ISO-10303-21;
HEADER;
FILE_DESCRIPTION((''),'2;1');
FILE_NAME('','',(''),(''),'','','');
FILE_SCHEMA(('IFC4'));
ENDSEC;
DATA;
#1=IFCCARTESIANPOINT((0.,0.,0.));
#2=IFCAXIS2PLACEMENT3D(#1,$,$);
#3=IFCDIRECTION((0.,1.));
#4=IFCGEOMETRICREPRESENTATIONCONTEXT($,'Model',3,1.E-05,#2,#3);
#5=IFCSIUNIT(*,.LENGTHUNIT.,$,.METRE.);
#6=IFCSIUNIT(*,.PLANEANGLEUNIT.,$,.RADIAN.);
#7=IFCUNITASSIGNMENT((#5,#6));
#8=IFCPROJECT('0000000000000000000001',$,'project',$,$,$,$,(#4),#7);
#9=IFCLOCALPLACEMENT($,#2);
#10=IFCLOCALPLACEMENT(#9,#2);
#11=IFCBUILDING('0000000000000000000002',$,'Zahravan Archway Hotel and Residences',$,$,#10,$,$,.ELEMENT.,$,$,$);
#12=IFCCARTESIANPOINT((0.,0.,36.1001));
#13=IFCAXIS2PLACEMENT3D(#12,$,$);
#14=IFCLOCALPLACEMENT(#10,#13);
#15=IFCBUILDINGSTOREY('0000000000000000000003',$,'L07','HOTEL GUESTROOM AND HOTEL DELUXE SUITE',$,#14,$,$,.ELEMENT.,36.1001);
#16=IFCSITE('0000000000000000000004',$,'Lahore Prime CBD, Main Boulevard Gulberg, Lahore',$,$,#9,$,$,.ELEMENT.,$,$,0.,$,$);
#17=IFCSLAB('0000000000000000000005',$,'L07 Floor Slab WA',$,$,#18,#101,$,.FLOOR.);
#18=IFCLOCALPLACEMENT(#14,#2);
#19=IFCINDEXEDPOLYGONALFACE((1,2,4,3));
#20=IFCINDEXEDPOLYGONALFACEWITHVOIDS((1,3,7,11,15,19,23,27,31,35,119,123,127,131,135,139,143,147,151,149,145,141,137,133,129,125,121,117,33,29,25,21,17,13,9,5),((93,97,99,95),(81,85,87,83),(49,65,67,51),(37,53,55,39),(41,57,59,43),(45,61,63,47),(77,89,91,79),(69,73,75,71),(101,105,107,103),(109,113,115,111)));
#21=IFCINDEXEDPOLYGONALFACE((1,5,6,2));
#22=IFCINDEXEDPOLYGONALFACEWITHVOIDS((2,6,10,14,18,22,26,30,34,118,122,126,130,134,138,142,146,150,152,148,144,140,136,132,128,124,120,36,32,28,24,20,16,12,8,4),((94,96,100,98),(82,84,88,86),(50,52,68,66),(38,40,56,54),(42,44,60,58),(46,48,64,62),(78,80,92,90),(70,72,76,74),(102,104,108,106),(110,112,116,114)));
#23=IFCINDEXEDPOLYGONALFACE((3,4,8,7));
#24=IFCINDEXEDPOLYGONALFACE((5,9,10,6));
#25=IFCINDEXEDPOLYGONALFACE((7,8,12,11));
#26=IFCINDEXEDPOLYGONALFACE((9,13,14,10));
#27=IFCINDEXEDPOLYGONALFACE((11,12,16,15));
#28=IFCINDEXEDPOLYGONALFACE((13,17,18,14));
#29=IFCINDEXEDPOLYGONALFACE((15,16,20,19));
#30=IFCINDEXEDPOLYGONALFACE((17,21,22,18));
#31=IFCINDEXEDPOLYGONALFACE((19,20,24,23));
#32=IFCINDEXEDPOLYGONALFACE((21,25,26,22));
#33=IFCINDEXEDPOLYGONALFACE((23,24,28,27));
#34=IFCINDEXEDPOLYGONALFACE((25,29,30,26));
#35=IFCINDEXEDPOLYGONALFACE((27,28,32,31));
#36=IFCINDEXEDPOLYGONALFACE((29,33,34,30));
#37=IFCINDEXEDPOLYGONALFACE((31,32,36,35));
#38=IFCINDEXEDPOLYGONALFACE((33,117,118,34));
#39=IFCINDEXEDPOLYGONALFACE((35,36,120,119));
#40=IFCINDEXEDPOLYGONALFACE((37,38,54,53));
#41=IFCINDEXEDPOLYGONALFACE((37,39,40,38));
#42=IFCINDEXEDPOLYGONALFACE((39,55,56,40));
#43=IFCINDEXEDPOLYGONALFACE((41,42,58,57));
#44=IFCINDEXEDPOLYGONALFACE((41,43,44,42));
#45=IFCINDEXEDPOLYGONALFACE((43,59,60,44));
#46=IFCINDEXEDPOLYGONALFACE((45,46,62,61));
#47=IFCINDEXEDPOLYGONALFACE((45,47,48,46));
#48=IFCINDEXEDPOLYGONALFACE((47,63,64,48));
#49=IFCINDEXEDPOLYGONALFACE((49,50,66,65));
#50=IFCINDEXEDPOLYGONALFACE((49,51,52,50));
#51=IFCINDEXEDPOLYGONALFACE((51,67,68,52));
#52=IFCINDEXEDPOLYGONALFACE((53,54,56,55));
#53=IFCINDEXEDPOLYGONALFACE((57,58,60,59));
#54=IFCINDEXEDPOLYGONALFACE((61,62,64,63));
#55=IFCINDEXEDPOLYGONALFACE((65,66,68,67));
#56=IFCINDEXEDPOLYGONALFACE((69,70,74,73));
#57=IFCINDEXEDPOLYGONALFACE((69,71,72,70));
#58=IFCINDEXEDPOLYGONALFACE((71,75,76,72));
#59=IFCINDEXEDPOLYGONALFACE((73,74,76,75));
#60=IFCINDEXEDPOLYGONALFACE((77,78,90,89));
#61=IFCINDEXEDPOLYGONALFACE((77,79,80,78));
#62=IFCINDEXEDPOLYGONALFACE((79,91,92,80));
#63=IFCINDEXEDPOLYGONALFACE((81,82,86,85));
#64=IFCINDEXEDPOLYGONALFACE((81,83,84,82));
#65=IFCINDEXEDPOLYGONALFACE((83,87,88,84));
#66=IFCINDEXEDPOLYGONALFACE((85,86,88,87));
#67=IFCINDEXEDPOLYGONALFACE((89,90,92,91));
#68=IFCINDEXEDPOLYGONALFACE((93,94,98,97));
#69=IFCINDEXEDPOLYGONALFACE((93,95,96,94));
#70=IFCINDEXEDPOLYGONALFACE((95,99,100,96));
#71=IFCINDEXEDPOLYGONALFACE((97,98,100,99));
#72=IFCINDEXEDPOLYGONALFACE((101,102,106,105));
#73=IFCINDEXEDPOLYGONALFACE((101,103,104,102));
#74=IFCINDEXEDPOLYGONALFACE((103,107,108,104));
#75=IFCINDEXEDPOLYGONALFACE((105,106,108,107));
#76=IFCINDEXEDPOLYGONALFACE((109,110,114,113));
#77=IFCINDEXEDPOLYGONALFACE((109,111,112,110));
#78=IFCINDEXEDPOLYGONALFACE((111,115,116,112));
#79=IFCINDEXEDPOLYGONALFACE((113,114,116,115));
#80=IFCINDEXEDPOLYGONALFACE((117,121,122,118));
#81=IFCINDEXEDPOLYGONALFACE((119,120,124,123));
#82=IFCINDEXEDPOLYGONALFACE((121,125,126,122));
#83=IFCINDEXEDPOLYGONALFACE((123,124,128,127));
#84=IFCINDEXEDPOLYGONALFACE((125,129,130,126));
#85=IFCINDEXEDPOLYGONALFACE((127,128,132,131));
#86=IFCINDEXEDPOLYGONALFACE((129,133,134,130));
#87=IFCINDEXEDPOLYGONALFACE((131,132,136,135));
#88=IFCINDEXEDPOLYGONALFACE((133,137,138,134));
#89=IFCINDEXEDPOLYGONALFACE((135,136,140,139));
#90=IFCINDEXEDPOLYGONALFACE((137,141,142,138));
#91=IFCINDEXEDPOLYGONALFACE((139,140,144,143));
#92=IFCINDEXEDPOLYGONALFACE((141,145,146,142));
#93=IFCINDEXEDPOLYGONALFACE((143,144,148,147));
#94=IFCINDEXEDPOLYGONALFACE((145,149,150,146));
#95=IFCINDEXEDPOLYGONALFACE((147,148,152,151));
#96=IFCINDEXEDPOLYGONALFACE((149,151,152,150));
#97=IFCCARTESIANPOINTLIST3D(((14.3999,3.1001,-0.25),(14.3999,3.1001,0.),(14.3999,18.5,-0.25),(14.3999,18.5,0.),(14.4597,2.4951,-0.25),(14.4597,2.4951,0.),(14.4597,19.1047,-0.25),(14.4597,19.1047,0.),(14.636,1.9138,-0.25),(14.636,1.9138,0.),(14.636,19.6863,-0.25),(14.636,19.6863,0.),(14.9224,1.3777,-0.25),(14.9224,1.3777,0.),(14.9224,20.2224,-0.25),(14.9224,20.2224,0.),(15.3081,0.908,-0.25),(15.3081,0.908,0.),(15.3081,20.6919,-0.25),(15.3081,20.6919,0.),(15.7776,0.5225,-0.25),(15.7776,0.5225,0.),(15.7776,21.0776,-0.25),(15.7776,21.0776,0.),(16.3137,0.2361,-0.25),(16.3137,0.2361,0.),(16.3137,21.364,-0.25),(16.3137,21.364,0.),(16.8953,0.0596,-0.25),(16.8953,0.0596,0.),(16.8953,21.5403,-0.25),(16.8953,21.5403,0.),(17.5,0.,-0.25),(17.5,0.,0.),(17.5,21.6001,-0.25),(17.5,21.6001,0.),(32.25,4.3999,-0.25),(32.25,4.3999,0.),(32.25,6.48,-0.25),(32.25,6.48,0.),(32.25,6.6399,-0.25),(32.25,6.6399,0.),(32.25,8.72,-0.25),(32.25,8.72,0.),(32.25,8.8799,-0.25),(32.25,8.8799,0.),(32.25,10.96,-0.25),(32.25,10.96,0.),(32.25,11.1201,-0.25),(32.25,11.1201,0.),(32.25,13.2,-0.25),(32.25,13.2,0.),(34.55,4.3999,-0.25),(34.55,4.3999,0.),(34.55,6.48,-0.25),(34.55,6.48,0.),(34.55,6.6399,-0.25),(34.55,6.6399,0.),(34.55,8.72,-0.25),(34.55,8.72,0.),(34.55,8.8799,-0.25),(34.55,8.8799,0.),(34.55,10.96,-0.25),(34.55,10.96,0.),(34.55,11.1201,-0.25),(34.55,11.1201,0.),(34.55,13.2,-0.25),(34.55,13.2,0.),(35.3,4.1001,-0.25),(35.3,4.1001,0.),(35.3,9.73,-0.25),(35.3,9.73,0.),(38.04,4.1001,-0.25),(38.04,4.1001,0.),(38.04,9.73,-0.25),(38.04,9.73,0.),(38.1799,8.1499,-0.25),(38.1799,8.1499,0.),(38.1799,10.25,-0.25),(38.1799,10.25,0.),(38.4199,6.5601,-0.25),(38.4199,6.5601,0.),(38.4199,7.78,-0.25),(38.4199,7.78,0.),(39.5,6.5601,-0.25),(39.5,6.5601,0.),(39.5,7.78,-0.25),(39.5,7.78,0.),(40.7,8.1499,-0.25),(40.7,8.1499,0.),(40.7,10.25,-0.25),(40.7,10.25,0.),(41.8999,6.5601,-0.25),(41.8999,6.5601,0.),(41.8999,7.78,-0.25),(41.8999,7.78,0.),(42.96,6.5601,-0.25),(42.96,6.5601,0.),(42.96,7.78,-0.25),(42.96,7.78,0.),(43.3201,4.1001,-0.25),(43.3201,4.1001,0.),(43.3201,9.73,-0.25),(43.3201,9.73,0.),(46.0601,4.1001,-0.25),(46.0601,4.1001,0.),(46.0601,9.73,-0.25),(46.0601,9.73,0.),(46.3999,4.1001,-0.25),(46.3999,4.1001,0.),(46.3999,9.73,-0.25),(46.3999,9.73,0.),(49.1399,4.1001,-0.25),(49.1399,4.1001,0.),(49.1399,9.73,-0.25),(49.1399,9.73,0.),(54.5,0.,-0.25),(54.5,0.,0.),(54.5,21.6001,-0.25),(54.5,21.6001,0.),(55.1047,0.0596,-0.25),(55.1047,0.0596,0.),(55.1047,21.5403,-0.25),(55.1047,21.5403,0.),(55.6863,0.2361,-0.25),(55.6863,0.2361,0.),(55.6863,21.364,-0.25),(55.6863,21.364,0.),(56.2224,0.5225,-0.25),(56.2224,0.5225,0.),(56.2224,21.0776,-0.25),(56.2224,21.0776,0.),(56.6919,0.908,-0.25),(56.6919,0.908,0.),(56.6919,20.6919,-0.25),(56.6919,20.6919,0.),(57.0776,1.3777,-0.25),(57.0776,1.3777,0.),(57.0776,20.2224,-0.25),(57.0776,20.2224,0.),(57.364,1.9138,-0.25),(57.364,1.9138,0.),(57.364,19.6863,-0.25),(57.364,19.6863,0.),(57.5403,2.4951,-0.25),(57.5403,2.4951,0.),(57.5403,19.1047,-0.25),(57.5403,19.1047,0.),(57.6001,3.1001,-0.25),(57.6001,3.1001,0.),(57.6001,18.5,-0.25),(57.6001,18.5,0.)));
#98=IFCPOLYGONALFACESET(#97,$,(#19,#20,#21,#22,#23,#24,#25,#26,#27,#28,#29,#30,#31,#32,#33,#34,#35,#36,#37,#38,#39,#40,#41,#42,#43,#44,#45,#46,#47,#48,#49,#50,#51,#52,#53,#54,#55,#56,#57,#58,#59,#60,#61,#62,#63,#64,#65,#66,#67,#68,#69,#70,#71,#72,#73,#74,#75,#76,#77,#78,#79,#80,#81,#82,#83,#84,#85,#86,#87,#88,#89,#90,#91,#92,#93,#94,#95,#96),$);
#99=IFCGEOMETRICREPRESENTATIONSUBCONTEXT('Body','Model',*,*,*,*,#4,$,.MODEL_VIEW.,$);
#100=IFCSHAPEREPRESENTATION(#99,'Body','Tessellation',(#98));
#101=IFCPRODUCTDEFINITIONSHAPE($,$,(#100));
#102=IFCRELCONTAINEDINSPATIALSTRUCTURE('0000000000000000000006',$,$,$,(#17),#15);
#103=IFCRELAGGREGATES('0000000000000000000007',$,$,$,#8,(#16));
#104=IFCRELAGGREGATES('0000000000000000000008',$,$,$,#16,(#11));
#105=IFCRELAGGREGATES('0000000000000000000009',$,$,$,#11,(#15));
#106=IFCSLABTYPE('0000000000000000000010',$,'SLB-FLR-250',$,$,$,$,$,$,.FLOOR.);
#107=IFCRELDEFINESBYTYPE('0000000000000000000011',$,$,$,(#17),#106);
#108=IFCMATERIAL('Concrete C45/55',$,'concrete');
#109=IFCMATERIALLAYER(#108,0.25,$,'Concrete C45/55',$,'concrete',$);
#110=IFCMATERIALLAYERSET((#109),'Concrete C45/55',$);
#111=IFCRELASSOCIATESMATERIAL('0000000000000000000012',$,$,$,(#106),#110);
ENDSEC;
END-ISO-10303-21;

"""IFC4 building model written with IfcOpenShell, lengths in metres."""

from ifc_helpers import new_model, si_unit, direction, frame, origin, place, context, subcontext, project, spatial, polyline, outline, extrude, material, layer, layer_set, type_object, element, save


model = new_model("IFC4")

# Units and contexts
model_context = context("Model", 3, precision=1e-05, world=origin(), true_north=direction((0.0, 1.0)))
body_context = subcontext(model_context, "Body", "Model", "MODEL_VIEW")
ifc_project = project(units=[si_unit("LENGTHUNIT", "METRE"), si_unit("PLANEANGLEUNIT", "RADIAN")], contexts=[model_context])

# Site, building, storey
site_placement = place(None, origin())
site = spatial("IfcSite", under=ifc_project, at=site_placement, Name="Lahore Prime CBD, Main Boulevard Gulberg, Lahore", CompositionType="ELEMENT", RefElevation=0.0)
building_placement = place(site_placement, origin())
building = spatial("IfcBuilding", under=site, at=building_placement, Name="Zahravan Archway Hotel and Residences", CompositionType="ELEMENT")
storey_placement = place(building_placement, frame((0.0, 0.0, 36.1001)))
storey = spatial("IfcBuildingStorey", under=building, at=storey_placement, Name="L07", Description="HOTEL GUESTROOM AND HOTEL DELUXE SUITE", CompositionType="ELEMENT", Elevation=36.1001)

# Slab
ifc_material_1 = material(Name="Concrete C45/55", Category="concrete")
ifc_layer_1 = layer(ifc_material_1, 0.25, Name="Concrete C45/55", Category="concrete")
ifc_layer_set_1 = layer_set([ifc_layer_1], Name="Concrete C45/55")
slab_type_1 = type_object("IfcSlabType", Name="SLB-FLR-250", PredefinedType="FLOOR", material=ifc_layer_set_1)
slab_1_placement = place(storey_placement, frame((0.0, 0.0, -0.25)))
element("IfcSlab", 1, at=slab_1_placement, inside=storey, type_object=slab_type_1, Name="L07 Floor Slab WA", PredefinedType="FLOOR", context=body_context, shape_type="SweptSolid", body=[
    extrude(outline(polyline([(54.5, 0.0), (55.1047, 0.0596), (55.6863, 0.2361), (56.2224, 0.5225), (56.6919, 0.908), (57.0776, 1.3777), (57.364, 1.9138), (57.5403, 2.4951), (57.6001, 3.1001), (57.6001, 18.5), (57.5403, 19.1047), (57.364, 19.6863), (57.0776, 20.2224), (56.6919, 20.6919), (56.2224, 21.0776), (55.6863, 21.364), (55.1047, 21.5403), (54.5, 21.6001), (17.5, 21.6001), (16.8953, 21.5403), (16.3137, 21.364), (15.7776, 21.0776), (15.3081, 20.6919), (14.9224, 20.2224), (14.636, 19.6863), (14.4597, 19.1047), (14.3999, 18.5), (14.3999, 3.1001), (14.4597, 2.4951), (14.636, 1.9138), (14.9224, 1.3777), (15.3081, 0.908), (15.7776, 0.5225), (16.3137, 0.2361), (16.8953, 0.0596), (17.5, 0.0), (54.5, 0.0)]), holes=[polyline([(35.3, 9.73), (35.3, 4.1001), (38.04, 4.1001), (38.04, 9.73), (35.3, 9.73)]), polyline([(43.3201, 9.73), (43.3201, 4.1001), (46.0601, 4.1001), (46.0601, 9.73), (43.3201, 9.73)]), polyline([(46.3999, 9.73), (46.3999, 4.1001), (49.1399, 4.1001), (49.1399, 9.73), (46.3999, 9.73)]), polyline([(38.1799, 8.1499), (40.7, 8.1499), (40.7, 10.25), (38.1799, 10.25), (38.1799, 8.1499)]), polyline([(32.25, 4.3999), (34.55, 4.3999), (34.55, 6.48), (32.25, 6.48), (32.25, 4.3999)]), polyline([(32.25, 6.6399), (34.55, 6.6399), (34.55, 8.72), (32.25, 8.72), (32.25, 6.6399)]), polyline([(32.25, 8.8799), (34.55, 8.8799), (34.55, 10.96), (32.25, 10.96), (32.25, 8.8799)]), polyline([(32.25, 11.1201), (34.55, 11.1201), (34.55, 13.2), (32.25, 13.2), (32.25, 11.1201)]), polyline([(38.4199, 6.5601), (39.5, 6.5601), (39.5, 7.78), (38.4199, 7.78), (38.4199, 6.5601)]), polyline([(41.8999, 6.5601), (42.96, 6.5601), (42.96, 7.78), (41.8999, 7.78), (41.8999, 6.5601)])]), origin(), (0.0, 0.0, 1.0), 0.25),
])

save(model, "model.ifc")
